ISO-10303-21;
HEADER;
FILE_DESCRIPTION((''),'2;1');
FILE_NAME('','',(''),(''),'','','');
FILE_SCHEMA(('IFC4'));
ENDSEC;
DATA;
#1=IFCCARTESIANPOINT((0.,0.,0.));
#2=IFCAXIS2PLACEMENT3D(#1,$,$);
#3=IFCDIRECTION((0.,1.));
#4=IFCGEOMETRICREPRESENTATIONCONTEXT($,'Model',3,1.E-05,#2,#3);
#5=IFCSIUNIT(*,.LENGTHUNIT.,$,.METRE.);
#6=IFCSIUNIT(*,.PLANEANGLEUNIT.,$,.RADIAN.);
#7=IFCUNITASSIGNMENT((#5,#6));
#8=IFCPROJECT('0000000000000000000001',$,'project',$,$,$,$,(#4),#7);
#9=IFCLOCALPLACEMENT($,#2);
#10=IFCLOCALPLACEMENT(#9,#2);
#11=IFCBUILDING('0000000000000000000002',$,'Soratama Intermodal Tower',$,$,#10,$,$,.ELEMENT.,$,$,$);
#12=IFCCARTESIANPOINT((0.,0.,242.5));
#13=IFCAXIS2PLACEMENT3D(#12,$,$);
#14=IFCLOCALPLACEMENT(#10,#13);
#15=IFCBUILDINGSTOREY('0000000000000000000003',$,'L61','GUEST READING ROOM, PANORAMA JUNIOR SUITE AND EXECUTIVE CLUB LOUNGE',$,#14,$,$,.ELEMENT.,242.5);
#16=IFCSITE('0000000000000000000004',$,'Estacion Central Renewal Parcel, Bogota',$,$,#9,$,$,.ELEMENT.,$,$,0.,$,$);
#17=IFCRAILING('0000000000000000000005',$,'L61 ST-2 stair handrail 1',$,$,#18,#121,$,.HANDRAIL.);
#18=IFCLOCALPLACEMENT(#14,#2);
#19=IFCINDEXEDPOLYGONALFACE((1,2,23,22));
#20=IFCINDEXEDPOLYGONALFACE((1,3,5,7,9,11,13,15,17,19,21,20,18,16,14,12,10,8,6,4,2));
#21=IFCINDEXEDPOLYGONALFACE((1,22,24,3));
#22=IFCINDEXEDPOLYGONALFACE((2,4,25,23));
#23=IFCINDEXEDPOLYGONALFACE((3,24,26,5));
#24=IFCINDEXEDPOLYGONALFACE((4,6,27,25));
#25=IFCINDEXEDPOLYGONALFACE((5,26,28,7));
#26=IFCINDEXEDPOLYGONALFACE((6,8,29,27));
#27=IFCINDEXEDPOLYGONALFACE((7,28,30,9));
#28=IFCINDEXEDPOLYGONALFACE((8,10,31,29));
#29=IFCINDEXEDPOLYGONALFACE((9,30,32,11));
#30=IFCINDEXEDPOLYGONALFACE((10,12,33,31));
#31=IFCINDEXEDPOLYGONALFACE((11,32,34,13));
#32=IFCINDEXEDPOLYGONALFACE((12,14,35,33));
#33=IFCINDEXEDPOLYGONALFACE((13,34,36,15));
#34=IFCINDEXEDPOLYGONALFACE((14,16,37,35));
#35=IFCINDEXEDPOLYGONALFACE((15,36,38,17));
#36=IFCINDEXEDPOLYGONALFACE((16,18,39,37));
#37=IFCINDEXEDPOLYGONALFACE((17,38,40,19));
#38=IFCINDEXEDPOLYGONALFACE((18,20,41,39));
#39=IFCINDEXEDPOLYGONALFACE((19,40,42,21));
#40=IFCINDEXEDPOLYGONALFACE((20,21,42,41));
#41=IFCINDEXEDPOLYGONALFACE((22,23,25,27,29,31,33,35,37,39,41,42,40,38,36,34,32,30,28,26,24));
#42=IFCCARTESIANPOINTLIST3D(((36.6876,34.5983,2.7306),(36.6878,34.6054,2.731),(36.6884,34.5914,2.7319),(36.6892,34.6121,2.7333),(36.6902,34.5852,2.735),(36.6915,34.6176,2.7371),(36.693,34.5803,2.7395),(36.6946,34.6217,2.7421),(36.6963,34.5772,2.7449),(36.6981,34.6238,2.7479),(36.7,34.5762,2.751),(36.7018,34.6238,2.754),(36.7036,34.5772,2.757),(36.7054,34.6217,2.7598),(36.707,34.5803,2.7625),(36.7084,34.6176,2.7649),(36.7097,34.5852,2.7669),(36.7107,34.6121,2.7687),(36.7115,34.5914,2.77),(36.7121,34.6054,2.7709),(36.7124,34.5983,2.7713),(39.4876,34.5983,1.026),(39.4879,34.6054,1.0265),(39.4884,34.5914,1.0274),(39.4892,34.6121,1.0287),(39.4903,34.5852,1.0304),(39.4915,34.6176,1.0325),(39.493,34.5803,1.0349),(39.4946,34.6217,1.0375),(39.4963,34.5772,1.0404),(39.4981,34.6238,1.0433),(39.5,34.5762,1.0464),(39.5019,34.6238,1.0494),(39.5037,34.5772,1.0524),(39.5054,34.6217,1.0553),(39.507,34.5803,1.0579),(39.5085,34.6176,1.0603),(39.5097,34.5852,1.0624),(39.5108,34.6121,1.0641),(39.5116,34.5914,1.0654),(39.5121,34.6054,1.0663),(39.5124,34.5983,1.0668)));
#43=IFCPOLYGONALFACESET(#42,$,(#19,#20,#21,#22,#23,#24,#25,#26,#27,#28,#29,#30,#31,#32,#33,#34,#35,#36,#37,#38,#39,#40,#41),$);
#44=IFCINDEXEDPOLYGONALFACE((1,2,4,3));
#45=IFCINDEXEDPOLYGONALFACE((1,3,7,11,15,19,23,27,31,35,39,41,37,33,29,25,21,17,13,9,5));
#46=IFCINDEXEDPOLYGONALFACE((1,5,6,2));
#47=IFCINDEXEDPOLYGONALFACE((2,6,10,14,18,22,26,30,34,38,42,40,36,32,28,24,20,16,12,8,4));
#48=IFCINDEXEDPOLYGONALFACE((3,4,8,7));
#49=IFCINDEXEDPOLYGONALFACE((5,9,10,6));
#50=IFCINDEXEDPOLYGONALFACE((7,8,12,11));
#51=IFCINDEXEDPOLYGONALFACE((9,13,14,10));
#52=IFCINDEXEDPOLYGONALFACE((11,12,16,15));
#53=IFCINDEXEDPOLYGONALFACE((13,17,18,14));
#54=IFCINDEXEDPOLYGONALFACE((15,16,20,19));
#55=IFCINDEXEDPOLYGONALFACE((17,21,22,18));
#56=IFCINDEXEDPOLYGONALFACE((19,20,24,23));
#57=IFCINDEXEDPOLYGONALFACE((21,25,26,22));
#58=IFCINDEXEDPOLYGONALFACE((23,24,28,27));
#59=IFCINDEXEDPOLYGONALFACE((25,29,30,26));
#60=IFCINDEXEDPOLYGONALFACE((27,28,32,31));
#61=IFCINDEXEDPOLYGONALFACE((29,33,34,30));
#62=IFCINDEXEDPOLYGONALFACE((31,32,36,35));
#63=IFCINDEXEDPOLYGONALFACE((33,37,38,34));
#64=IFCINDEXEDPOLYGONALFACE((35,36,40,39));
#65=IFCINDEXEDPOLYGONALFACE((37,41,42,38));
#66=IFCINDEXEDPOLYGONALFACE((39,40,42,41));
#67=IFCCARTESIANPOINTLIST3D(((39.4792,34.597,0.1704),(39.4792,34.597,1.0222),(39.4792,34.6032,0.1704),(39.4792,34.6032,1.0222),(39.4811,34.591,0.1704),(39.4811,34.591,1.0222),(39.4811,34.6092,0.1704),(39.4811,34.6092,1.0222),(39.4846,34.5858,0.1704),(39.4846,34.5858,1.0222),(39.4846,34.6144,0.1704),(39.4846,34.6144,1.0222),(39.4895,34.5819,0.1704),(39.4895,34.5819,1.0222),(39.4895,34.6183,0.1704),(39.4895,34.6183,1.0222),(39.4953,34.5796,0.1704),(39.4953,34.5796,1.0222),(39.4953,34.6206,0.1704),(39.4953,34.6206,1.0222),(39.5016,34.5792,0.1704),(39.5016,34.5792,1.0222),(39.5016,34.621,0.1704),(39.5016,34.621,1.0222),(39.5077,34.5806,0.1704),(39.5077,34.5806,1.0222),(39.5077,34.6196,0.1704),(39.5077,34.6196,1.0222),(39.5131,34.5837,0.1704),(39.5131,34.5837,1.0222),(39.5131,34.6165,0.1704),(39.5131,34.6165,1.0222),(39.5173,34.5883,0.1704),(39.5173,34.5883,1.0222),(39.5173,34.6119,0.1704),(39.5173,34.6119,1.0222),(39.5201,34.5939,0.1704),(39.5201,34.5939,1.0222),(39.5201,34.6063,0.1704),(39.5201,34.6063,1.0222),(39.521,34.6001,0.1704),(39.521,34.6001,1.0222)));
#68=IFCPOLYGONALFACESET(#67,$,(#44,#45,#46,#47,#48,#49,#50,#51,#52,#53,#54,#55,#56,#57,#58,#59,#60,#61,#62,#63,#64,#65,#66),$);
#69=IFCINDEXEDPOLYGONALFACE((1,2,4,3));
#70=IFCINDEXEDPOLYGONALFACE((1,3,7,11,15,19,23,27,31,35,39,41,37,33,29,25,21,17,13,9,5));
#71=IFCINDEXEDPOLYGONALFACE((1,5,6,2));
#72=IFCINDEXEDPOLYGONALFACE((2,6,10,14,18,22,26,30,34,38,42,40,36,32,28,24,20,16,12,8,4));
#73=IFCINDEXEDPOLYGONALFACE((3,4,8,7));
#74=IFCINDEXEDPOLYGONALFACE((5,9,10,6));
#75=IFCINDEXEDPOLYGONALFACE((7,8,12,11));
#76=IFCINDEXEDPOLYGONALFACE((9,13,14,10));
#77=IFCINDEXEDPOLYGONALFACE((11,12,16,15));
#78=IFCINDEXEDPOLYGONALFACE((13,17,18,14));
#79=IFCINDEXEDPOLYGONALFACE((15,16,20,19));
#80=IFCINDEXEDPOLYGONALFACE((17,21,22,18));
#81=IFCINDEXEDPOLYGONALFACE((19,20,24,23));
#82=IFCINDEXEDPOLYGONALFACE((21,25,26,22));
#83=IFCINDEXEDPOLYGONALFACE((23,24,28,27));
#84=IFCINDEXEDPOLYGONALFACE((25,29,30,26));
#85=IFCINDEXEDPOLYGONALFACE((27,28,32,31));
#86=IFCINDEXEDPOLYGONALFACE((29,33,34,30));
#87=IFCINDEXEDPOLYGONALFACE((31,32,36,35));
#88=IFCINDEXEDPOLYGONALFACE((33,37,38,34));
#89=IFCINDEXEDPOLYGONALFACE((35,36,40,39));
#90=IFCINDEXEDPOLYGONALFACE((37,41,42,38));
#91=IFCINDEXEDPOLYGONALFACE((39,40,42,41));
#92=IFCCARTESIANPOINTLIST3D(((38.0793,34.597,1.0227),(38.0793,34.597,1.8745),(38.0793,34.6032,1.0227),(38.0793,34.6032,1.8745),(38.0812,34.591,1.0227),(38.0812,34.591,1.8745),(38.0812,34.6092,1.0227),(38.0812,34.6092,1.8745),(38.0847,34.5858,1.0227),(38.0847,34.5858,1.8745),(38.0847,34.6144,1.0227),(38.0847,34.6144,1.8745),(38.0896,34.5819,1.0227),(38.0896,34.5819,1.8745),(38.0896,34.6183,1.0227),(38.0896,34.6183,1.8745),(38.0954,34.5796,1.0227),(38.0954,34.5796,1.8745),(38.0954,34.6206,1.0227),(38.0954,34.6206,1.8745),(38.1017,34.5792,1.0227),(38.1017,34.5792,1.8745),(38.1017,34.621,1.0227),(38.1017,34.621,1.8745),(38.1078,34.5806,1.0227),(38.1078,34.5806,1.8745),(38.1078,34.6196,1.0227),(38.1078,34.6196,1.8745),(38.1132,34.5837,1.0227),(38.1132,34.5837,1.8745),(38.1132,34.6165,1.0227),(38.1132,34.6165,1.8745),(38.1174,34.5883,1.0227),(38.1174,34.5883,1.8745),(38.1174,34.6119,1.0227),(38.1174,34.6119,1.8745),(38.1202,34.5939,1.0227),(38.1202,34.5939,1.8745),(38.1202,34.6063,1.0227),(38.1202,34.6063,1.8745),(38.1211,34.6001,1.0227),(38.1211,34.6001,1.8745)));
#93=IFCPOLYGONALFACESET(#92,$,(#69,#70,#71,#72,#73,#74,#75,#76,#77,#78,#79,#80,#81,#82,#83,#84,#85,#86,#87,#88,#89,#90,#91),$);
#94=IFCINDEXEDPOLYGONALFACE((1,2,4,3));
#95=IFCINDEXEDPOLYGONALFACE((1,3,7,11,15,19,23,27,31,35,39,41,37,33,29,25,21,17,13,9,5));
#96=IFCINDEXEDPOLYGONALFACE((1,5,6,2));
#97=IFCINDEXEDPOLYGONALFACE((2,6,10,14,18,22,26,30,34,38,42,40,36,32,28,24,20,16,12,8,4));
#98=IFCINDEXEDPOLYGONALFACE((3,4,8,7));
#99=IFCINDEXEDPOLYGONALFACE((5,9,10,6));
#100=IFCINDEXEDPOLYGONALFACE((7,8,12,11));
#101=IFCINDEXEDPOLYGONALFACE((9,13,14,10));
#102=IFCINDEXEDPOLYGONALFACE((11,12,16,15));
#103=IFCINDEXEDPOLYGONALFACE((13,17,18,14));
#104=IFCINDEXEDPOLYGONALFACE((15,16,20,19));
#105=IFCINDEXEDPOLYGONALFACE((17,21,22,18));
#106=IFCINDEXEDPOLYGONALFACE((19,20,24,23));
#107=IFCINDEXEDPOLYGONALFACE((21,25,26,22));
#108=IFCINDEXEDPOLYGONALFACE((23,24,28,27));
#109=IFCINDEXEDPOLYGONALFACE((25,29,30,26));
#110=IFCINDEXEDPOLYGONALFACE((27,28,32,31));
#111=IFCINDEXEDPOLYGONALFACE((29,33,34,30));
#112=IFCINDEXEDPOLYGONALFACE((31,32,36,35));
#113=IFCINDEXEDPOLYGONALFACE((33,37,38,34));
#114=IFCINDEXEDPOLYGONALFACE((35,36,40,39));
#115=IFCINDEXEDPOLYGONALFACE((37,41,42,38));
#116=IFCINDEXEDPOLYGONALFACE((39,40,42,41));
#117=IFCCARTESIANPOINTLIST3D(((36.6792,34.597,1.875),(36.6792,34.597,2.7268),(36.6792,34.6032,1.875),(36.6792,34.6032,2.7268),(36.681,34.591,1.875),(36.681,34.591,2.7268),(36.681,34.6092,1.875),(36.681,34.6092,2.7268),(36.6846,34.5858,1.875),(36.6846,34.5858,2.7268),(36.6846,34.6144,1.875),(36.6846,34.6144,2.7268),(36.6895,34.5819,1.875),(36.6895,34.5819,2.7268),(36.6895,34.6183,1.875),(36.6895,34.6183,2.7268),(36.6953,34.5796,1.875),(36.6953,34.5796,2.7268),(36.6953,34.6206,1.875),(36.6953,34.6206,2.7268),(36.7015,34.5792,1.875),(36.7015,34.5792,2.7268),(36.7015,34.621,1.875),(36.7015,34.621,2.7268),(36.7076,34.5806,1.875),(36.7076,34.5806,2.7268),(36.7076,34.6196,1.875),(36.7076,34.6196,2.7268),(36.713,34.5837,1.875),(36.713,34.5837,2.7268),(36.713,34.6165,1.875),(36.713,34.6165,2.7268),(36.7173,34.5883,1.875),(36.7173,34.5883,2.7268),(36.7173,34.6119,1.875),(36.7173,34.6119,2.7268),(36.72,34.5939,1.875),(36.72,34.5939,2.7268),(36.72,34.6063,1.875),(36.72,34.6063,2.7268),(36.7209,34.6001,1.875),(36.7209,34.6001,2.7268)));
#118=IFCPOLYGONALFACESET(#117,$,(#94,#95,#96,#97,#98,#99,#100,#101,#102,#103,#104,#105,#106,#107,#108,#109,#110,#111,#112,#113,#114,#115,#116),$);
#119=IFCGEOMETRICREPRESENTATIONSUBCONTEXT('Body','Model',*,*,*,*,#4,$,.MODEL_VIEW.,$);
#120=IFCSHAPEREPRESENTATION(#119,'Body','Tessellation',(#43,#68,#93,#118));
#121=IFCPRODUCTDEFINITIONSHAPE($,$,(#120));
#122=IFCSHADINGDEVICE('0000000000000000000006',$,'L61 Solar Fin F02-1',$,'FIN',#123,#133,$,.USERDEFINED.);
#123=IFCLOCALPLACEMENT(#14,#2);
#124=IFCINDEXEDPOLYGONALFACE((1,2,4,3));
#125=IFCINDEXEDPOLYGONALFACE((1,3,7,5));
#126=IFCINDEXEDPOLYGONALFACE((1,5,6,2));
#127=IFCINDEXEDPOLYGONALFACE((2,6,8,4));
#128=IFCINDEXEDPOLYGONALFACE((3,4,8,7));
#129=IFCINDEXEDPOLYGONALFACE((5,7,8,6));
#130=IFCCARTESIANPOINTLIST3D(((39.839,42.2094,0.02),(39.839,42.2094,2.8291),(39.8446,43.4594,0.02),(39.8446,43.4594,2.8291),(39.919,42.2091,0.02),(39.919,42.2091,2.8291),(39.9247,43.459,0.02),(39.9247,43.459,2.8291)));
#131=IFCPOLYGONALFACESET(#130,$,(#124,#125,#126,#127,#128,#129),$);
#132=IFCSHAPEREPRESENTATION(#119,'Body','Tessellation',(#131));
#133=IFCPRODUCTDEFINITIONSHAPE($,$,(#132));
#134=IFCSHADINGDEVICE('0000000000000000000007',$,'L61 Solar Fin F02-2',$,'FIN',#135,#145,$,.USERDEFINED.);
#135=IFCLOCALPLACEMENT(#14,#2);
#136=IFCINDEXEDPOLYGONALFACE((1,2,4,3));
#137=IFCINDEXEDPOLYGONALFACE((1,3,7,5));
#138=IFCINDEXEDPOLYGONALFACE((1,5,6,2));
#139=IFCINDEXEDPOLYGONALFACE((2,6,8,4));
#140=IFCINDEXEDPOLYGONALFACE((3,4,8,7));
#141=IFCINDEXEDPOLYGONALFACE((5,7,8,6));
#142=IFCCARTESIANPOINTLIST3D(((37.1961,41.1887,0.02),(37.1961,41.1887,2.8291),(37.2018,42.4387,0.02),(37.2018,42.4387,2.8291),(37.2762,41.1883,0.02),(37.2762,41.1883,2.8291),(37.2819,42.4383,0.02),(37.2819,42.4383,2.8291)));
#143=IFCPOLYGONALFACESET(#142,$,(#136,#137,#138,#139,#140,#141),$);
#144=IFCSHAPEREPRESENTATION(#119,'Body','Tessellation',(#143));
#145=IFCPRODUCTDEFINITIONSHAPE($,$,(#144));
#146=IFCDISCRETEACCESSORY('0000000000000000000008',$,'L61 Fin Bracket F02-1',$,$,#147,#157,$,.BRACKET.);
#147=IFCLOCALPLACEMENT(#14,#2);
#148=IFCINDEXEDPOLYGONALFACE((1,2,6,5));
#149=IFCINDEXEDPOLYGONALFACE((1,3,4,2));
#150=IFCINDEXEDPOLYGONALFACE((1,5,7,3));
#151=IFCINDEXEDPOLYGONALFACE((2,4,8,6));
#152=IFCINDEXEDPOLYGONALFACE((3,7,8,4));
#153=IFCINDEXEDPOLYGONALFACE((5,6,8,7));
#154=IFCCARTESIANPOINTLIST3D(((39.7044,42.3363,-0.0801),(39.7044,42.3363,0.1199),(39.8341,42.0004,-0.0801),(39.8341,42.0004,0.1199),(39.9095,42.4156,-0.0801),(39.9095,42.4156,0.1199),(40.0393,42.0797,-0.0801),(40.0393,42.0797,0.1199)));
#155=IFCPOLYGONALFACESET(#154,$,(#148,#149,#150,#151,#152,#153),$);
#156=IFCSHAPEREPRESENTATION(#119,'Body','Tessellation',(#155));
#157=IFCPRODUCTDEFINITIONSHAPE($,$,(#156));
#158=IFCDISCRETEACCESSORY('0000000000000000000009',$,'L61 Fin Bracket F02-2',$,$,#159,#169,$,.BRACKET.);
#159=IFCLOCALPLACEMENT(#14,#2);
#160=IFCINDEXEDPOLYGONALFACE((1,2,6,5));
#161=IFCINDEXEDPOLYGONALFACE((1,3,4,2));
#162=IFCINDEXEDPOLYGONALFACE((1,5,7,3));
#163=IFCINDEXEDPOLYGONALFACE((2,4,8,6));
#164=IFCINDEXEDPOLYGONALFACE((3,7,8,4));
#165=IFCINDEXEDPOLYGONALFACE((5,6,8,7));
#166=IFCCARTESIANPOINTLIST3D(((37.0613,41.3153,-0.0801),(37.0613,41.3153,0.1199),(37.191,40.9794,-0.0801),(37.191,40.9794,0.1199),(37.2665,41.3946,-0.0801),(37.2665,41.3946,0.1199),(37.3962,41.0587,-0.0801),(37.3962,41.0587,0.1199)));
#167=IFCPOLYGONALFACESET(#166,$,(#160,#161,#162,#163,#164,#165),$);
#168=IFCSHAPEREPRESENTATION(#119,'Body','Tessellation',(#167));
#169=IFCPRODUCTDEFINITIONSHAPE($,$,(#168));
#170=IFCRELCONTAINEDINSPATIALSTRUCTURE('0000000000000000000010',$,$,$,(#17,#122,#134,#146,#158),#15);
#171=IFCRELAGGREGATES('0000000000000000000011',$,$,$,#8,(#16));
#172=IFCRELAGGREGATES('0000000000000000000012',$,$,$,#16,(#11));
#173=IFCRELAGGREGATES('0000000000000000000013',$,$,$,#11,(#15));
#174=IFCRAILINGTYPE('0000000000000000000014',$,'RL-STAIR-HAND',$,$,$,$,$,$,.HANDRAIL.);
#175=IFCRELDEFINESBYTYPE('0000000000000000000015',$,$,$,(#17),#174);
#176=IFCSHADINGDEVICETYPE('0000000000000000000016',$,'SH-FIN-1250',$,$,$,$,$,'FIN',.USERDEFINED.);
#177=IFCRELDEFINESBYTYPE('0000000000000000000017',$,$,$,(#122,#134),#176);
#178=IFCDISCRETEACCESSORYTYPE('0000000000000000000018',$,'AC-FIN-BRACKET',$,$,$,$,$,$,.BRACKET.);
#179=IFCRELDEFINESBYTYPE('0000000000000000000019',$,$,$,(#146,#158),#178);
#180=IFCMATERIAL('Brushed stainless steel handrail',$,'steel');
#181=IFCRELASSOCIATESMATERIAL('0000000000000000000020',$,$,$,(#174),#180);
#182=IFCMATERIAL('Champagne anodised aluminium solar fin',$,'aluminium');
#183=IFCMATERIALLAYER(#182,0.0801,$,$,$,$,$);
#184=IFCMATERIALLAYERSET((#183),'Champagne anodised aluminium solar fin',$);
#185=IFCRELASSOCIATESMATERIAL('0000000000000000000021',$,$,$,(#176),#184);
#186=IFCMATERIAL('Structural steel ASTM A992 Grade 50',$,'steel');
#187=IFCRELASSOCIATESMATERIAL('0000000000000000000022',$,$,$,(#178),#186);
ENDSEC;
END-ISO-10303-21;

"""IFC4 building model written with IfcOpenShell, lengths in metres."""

from ifc_helpers import new_model, si_unit, direction, frame, origin, origin_2d, place, context, subcontext, project, spatial, rectangle, circle, extrude, material, layer, layer_set, type_object, element, save


model = new_model("IFC4")

# Units and contexts
model_context = context("Model", 3, precision=1e-05, world=origin(), true_north=direction((0.0, 1.0)))
body_context = subcontext(model_context, "Body", "Model", "MODEL_VIEW")
ifc_project = project(units=[si_unit("LENGTHUNIT", "METRE"), si_unit("PLANEANGLEUNIT", "RADIAN")], contexts=[model_context])

# Site, building, storey
site_placement = place(None, origin())
site = spatial("IfcSite", under=ifc_project, at=site_placement, Name="Estacion Central Renewal Parcel, Bogota", CompositionType="ELEMENT", RefElevation=0.0)
building_placement = place(site_placement, origin())
building = spatial("IfcBuilding", under=site, at=building_placement, Name="Soratama Intermodal Tower", CompositionType="ELEMENT")
storey_placement = place(building_placement, frame((0.0, 0.0, 242.5)))
storey = spatial("IfcBuildingStorey", under=building, at=storey_placement, Name="L61", Description="GUEST READING ROOM, PANORAMA JUNIOR SUITE AND EXECUTIVE CLUB LOUNGE", CompositionType="ELEMENT", Elevation=242.5)

# Railing
ifc_material_1 = material(Name="Brushed stainless steel handrail", Category="steel")
railing_type_1 = type_object("IfcRailingType", Name="RL-STAIR-HAND", PredefinedType="HANDRAIL", material=ifc_material_1)
railing_1_placement = place(storey_placement, frame((39.5, 34.6001, 0.1704)))
element("IfcRailing", 1, at=railing_1_placement, inside=storey, type_object=railing_type_1, Name="L61 ST-2 stair handrail 1", PredefinedType="HANDRAIL", context=body_context, shape_type="SweptSolid", body=[
    extrude(circle(Radius=0.0239, at=origin_2d()), frame((0.0, 0.0, 0.876), z_axis=(-0.85417, 0.0, 0.519994), x_axis=(0.0, -1.0, 0.0)), (0.0, 0.0, 1.0), 3.2781),
    extrude(circle(Radius=0.021, at=origin_2d()), origin(), (0.0, 0.0, 1.0), 0.8518),
    extrude(circle(Radius=0.021, at=origin_2d()), frame((-1.3999, 0.0, 0.8523)), (0.0, 0.0, 1.0), 0.8518),
    extrude(circle(Radius=0.021, at=origin_2d()), frame((-2.8, 0.0, 1.7046)), (0.0, 0.0, 1.0), 0.8518),
])

# Shading devices
ifc_material_2 = material(Name="Champagne anodised aluminium solar fin", Category="aluminium")
ifc_layer_1 = layer(ifc_material_2, 0.0801)
ifc_layer_set_1 = layer_set([ifc_layer_1], Name="Champagne anodised aluminium solar fin")
shading_device_type = type_object("IfcShadingDeviceType", Name="SH-FIN-1250", ElementType="FIN", PredefinedType="USERDEFINED", material=ifc_layer_set_1)
for number, where, z_axis, x_axis, name in (
    (2, (39.8818, 42.8342, 0.02), (0.0, 0.0, 1.0), (0.004538, 0.99999, 0.0), "L61 Solar Fin F02-1"),
    (3, (37.239, 41.8135, 0.02), (0.0, 0.0, 1.0), (0.004538, 0.99999, 0.0), "L61 Solar Fin F02-2"),
):
    element("IfcShadingDevice", number, at=place(storey_placement, frame(where, z_axis=z_axis, x_axis=x_axis)), inside=storey, type_object=shading_device_type, Name=name, ObjectType="FIN", PredefinedType="USERDEFINED", context=body_context, shape_type="SweptSolid", body=[
        extrude(rectangle(XDim=1.25, YDim=0.0801, at=origin_2d()), origin(), (0.0, 0.0, 1.0), 2.8091),
    ])

# Discrete accessories
ifc_material_3 = material(Name="Structural steel ASTM A992 Grade 50", Category="steel")
discrete_accessory_type = type_object("IfcDiscreteAccessoryType", Name="AC-FIN-BRACKET", PredefinedType="BRACKET", material=ifc_material_3)
for number, where, z_axis, x_axis, name in (
    (4, (39.8718, 42.208, -0.0801), (0.0, 0.0, 1.0), (-0.360322, 0.932828, 0.0), "L61 Fin Bracket F02-1"),
    (5, (37.2288, 41.187, -0.0801), (0.0, 0.0, 1.0), (-0.360322, 0.932828, 0.0), "L61 Fin Bracket F02-2"),
):
    element("IfcDiscreteAccessory", number, at=place(storey_placement, frame(where, z_axis=z_axis, x_axis=x_axis)), inside=storey, type_object=discrete_accessory_type, Name=name, PredefinedType="BRACKET", context=body_context, shape_type="SweptSolid", body=[
        extrude(rectangle(XDim=0.3601, YDim=0.22, at=origin_2d()), origin(), (0.0, 0.0, 1.0), 0.2),
    ])

save(model, "model.ifc")
